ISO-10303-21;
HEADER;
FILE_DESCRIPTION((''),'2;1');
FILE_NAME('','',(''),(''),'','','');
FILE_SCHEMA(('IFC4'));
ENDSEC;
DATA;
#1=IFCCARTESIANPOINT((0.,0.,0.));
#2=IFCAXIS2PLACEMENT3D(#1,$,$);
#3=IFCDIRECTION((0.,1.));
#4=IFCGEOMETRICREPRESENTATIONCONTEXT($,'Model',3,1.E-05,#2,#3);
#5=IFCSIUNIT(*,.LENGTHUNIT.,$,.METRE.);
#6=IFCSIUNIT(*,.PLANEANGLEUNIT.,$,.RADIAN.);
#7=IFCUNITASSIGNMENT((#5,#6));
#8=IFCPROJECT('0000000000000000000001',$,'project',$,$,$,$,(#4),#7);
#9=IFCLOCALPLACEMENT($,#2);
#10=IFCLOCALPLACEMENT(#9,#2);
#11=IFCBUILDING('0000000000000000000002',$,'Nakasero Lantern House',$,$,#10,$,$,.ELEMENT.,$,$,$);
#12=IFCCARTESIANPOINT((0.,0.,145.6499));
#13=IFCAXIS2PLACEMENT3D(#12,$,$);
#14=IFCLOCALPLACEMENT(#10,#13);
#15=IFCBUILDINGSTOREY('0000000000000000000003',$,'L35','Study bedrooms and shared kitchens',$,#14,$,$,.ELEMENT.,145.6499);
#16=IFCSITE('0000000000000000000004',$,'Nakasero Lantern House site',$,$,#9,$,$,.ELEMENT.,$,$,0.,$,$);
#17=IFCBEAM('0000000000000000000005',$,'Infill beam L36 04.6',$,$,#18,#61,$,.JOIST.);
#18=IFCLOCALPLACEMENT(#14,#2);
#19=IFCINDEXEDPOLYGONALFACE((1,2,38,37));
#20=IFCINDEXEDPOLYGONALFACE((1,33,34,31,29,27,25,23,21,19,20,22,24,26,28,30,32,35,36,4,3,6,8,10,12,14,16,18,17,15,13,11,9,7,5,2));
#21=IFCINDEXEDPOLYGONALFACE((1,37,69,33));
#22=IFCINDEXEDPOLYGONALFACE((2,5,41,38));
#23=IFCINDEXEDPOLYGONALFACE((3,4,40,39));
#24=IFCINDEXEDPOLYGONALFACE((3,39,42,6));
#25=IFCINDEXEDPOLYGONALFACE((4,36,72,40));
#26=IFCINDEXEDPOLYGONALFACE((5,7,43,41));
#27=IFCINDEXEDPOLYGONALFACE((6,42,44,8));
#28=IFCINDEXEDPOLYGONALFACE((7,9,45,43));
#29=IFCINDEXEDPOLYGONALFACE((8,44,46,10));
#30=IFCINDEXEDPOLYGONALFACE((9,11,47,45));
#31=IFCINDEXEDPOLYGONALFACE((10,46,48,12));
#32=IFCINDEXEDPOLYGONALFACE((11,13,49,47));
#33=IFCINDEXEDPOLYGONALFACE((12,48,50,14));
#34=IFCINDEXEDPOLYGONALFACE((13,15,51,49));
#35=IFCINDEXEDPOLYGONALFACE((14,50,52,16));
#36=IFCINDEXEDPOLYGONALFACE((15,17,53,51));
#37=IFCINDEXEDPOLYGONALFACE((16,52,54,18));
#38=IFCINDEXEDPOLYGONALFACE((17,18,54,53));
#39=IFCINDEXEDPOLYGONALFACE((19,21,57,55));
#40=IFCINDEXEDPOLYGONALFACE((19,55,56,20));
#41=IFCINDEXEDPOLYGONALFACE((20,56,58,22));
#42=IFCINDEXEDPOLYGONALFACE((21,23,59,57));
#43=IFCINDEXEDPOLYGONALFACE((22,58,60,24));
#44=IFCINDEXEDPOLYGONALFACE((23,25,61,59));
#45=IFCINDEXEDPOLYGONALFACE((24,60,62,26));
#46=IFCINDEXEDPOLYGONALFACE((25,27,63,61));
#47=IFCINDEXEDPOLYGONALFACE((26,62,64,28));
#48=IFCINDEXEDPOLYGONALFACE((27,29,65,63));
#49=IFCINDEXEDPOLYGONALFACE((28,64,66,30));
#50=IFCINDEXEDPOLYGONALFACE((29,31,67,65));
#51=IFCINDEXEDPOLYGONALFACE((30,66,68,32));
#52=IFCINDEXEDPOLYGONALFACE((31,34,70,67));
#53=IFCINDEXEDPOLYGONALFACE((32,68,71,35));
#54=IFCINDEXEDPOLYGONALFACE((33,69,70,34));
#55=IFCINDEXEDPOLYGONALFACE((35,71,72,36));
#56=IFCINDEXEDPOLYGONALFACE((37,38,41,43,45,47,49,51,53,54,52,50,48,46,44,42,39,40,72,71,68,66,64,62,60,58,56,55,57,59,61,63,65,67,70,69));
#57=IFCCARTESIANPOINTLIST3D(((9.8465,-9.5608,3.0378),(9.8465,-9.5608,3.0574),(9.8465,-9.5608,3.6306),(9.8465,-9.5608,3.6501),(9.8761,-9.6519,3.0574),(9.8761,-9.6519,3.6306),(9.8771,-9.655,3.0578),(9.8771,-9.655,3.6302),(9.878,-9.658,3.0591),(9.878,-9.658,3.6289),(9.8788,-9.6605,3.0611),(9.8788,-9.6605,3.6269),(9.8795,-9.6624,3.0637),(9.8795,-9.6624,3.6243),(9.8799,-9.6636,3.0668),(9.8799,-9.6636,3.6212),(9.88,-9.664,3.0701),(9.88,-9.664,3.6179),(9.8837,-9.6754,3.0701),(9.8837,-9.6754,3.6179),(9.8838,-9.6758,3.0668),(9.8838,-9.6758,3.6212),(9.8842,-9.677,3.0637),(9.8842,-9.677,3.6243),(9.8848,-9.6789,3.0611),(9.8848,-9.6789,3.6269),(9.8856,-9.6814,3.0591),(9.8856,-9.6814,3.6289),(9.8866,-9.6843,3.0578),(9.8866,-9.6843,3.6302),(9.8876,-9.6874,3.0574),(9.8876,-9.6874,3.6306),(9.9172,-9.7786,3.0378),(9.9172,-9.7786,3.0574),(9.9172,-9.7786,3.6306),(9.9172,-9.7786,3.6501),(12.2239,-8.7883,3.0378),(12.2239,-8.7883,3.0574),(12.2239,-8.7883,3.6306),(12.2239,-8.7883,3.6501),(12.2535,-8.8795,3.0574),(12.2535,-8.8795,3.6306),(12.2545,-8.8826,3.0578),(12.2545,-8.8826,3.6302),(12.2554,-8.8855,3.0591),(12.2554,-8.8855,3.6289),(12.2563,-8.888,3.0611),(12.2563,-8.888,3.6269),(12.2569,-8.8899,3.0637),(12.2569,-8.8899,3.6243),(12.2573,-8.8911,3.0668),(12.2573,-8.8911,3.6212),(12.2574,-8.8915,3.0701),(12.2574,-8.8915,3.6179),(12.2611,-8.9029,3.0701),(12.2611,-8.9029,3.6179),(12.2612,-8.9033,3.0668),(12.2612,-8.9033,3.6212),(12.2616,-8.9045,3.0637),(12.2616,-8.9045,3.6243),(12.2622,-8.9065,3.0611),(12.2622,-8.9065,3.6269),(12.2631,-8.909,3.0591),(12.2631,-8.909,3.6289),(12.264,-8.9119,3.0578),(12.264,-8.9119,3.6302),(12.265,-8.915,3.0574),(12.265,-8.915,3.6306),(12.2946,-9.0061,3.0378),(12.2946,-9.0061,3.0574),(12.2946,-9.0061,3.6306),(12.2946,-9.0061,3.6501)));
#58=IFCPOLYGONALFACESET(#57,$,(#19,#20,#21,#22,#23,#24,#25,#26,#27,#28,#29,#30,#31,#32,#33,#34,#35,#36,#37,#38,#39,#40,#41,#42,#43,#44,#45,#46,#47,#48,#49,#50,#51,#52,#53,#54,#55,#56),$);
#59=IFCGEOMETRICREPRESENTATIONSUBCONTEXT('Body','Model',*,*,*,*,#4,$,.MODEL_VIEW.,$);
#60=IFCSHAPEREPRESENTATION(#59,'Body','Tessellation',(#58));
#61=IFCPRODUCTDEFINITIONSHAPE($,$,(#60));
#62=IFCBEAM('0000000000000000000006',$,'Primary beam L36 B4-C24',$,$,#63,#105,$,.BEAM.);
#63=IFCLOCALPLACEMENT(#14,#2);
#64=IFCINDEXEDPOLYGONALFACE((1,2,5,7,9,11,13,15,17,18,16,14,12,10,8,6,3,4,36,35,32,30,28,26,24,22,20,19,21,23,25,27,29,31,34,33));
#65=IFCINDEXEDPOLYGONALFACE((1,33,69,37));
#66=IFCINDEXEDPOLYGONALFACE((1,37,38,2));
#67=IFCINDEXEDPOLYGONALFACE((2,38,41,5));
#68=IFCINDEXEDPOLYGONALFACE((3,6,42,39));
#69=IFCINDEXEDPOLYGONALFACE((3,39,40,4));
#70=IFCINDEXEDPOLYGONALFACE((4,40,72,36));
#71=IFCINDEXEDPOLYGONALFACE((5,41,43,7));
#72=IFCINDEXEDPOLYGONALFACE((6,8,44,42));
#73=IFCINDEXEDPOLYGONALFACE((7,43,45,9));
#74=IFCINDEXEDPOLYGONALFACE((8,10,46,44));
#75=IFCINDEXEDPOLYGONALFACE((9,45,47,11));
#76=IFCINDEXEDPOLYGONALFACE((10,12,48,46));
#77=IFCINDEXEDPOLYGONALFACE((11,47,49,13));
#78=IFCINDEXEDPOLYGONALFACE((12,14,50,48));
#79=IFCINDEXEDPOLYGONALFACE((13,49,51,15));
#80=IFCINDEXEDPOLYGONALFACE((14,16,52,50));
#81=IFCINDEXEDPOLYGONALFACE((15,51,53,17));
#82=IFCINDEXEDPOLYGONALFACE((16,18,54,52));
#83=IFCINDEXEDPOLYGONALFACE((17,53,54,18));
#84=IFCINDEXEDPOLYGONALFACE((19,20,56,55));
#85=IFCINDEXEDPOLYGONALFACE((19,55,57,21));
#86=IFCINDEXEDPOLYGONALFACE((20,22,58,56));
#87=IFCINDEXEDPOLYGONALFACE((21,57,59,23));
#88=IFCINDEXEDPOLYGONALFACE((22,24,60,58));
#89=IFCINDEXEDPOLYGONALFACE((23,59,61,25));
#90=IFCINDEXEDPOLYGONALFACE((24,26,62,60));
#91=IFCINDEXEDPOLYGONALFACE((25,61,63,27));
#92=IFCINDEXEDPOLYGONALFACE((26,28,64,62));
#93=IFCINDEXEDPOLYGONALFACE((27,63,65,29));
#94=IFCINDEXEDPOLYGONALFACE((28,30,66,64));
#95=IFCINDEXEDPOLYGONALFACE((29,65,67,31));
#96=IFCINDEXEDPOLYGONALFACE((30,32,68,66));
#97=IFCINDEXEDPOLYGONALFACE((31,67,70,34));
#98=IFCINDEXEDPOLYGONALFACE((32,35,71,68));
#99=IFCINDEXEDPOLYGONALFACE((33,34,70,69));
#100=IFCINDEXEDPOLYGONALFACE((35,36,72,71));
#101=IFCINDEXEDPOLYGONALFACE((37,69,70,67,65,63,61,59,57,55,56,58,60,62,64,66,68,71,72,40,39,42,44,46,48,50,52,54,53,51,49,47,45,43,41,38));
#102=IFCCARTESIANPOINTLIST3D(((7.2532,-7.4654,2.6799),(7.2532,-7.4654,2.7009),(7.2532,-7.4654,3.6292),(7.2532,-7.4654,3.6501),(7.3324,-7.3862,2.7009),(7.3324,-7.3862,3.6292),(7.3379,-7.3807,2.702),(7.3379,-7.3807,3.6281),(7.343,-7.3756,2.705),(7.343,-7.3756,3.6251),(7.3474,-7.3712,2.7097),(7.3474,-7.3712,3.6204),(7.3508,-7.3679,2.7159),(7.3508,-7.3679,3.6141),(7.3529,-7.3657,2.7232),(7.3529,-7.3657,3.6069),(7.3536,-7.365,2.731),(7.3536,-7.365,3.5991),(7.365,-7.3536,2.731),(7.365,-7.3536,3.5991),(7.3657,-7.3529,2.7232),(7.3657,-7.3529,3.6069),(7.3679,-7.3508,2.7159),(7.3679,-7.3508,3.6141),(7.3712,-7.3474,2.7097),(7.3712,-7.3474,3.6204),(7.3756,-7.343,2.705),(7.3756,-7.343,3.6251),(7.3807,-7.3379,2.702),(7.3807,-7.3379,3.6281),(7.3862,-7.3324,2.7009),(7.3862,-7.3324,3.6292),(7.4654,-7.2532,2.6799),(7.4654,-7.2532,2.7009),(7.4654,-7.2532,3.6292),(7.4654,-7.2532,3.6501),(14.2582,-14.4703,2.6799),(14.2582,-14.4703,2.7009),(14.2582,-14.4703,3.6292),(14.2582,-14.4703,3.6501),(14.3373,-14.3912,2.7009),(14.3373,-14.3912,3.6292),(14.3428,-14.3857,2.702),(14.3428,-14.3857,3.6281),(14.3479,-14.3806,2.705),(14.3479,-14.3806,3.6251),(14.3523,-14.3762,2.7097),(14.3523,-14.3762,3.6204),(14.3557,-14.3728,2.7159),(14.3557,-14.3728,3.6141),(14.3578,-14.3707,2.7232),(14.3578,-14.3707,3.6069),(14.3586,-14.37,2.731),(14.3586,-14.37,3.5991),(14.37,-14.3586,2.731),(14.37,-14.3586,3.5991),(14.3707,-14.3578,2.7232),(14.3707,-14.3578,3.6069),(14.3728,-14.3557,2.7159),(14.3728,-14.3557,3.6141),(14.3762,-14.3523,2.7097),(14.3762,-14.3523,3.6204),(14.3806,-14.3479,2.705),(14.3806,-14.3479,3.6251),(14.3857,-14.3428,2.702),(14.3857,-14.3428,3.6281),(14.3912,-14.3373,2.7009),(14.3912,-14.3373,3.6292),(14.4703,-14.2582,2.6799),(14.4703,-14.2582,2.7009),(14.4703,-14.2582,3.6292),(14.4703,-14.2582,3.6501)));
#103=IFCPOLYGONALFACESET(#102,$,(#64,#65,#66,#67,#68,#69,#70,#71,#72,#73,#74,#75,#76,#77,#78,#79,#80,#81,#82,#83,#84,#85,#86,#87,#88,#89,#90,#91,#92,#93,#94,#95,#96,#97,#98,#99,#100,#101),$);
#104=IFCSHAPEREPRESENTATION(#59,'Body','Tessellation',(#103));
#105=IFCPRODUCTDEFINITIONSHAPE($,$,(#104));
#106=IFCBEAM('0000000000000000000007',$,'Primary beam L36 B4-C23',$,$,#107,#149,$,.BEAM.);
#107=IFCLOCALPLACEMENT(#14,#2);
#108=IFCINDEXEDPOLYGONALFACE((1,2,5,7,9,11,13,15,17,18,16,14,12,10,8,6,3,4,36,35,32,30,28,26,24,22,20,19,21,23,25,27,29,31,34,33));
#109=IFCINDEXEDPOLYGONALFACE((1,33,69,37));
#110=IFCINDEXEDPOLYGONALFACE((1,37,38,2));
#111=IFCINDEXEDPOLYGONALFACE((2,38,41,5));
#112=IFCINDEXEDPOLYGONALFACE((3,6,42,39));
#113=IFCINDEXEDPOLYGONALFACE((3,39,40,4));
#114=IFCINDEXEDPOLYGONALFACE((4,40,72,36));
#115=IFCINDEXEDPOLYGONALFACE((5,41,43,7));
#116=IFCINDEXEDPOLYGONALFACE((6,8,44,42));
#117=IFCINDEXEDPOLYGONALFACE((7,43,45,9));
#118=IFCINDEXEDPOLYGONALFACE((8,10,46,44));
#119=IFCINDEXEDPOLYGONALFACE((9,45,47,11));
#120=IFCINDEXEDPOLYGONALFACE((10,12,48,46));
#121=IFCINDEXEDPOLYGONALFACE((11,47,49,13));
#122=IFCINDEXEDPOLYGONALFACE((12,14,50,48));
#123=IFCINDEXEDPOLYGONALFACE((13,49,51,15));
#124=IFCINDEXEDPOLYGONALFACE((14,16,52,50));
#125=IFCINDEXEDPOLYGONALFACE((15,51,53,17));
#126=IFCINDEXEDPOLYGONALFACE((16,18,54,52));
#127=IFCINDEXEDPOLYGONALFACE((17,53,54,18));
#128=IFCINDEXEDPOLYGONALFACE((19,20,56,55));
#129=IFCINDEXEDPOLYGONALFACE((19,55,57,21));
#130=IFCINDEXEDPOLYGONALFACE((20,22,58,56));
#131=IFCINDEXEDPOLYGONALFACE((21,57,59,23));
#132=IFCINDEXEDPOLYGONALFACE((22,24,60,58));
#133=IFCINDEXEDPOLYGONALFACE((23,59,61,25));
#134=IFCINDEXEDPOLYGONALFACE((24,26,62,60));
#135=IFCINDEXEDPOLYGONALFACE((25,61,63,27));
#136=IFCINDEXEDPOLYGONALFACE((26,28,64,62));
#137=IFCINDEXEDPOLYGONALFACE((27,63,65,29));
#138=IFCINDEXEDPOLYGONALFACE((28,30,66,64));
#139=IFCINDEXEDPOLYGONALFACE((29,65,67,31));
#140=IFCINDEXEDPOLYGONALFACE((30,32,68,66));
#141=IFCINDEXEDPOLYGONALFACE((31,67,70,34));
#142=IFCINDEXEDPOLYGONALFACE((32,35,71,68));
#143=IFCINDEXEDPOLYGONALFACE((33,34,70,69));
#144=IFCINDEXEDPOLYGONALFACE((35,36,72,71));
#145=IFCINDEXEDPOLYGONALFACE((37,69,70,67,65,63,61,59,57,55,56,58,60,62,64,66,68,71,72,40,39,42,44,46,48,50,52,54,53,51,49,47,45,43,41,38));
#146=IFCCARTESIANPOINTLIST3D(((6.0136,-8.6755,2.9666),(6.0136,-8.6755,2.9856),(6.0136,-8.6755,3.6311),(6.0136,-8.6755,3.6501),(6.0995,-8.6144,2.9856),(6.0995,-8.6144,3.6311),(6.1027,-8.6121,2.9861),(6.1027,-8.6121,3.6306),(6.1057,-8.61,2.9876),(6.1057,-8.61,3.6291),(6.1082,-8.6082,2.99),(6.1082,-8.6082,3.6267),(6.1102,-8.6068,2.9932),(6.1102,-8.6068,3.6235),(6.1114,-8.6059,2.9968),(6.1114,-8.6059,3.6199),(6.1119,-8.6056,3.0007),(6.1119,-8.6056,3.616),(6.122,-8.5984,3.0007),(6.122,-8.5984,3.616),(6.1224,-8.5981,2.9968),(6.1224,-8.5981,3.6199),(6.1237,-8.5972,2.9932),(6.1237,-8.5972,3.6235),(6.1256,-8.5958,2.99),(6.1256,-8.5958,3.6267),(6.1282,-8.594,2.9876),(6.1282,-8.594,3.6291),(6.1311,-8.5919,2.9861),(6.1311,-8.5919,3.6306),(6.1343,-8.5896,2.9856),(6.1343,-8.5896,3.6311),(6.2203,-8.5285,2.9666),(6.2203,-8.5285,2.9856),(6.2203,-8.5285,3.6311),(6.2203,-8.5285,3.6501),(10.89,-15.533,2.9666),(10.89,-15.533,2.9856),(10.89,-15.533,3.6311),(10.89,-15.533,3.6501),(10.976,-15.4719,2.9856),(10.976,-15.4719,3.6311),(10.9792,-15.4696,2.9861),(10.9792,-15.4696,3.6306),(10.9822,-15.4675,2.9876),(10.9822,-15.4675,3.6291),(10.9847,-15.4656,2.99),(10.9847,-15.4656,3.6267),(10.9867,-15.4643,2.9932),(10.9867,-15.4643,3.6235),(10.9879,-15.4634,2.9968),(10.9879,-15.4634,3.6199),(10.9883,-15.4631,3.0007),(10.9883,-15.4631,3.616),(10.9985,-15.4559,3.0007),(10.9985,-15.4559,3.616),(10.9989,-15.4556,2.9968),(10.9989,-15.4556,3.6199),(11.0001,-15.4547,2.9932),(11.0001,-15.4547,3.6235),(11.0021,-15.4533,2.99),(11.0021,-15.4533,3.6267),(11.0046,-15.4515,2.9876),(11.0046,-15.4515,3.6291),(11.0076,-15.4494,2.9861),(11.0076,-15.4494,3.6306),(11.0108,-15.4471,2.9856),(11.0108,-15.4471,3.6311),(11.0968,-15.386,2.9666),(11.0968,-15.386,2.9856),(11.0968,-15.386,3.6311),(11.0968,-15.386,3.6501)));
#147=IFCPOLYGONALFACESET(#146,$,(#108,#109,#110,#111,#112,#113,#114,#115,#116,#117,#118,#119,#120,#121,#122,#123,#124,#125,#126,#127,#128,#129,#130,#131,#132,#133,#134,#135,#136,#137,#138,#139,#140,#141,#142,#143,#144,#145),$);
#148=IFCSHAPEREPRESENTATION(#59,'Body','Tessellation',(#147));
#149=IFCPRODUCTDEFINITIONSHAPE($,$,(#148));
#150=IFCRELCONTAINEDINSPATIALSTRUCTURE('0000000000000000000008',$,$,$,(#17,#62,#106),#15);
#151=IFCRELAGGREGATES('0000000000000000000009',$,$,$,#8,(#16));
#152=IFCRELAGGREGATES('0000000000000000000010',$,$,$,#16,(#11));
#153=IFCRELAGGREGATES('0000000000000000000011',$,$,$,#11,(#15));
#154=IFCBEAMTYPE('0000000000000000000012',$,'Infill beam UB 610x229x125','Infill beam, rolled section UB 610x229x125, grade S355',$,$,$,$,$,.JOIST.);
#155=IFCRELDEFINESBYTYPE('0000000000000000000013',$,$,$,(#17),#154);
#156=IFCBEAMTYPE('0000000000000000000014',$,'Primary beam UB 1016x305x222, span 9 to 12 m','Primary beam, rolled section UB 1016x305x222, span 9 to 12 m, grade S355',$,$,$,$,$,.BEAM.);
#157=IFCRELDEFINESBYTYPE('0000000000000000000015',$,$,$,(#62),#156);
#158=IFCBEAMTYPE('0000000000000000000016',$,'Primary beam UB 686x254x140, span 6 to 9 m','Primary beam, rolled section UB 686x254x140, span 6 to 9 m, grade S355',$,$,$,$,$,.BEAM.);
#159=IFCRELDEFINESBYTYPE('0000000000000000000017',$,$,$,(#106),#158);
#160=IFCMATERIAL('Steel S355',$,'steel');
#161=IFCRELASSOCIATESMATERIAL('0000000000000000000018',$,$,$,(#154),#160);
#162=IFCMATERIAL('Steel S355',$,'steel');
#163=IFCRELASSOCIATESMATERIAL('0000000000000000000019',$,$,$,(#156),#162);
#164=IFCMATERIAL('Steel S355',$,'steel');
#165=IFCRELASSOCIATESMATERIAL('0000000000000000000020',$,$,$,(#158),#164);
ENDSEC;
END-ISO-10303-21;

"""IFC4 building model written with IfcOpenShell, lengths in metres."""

from ifc_helpers import new_model, si_unit, direction, frame, origin, origin_2d, place, context, subcontext, project, spatial, i_section, extrude, material, material_profile, profile_set, type_object, element, save


model = new_model("IFC4")

# Units and contexts
model_context = context("Model", 3, precision=1e-05, world=origin(), true_north=direction((0.0, 1.0)))
body_context = subcontext(model_context, "Body", "Model", "MODEL_VIEW")
ifc_project = project(units=[si_unit("LENGTHUNIT", "METRE"), si_unit("PLANEANGLEUNIT", "RADIAN")], contexts=[model_context])

# Site, building, storey
site_placement = place(None, origin())
site = spatial("IfcSite", under=ifc_project, at=site_placement, Name="Nakasero Lantern House site", CompositionType="ELEMENT", RefElevation=0.0)
building_placement = place(site_placement, origin())
building = spatial("IfcBuilding", under=site, at=building_placement, Name="Nakasero Lantern House", CompositionType="ELEMENT")
storey_placement = place(building_placement, frame((0.0, 0.0, 145.6499)))
storey = spatial("IfcBuildingStorey", under=building, at=storey_placement, Name="L35", Description="Study bedrooms and shared kitchens", CompositionType="ELEMENT", Elevation=145.6499)

# Beams
ifc_material_1 = material(Name="Steel S355", Category="steel")
ifc_material_profile_1 = material_profile(ifc_material_1, i_section(OverallWidth=0.229, OverallDepth=0.6123, WebThickness=0.012, FlangeThickness=0.0195, FilletRadius=0.0127, at=origin_2d()), Name="UB 610x229x125")
ifc_profile_set_1 = profile_set([ifc_material_profile_1], Name="Steel S355")
beam_type_1 = type_object("IfcBeamType", Name="Infill beam UB 610x229x125", Description="Infill beam, rolled section UB 610x229x125, grade S355", PredefinedType="JOIST", material=ifc_profile_set_1)
beam_1_placement = place(storey_placement, frame((9.8818, -9.6697, 3.344), z_axis=(0.951058, 0.309011, 0.0), x_axis=(-0.309011, 0.951058, 0.0)))
element("IfcBeam", 1, at=beam_1_placement, inside=storey, type_object=beam_type_1, Name="Infill beam L36 04.6", PredefinedType="JOIST", context=body_context, shape_type="SweptSolid", body=[
    extrude(i_section(OverallWidth=0.229, OverallDepth=0.6123, WebThickness=0.012, FlangeThickness=0.0195, FilletRadius=0.0127, at=origin_2d()), origin(), (0.0, 0.0, 1.0), 2.4998),
])
ifc_material_2 = material(Name="Steel S355", Category="steel")
ifc_material_profile_2 = material_profile(ifc_material_2, i_section(OverallWidth=0.3, OverallDepth=0.9702, WebThickness=0.0161, FlangeThickness=0.021, FilletRadius=0.03, at=origin_2d()), Name="UB 1016x305x222")
ifc_profile_set_2 = profile_set([ifc_material_profile_2], Name="Steel S355")
beam_type_2 = type_object("IfcBeamType", Name="Primary beam UB 1016x305x222, span 9 to 12 m", Description="Primary beam, rolled section UB 1016x305x222, span 9 to 12 m, grade S355", PredefinedType="BEAM", material=ifc_profile_set_2)
beam_2_placement = place(storey_placement, frame((14.3643, -14.3643, 3.165), z_axis=(-0.707107, 0.707107, 0.0), x_axis=(-0.707107, -0.707107, 0.0)))
element("IfcBeam", 2, at=beam_2_placement, inside=storey, type_object=beam_type_2, Name="Primary beam L36 B4-C24", PredefinedType="BEAM", context=body_context, shape_type="SweptSolid", body=[
    extrude(i_section(OverallWidth=0.3, OverallDepth=0.9702, WebThickness=0.0161, FlangeThickness=0.021, FilletRadius=0.03, at=origin_2d()), origin(), (0.0, 0.0, 1.0), 9.9065),
])
ifc_material_3 = material(Name="Steel S355", Category="steel")
ifc_material_profile_3 = material_profile(ifc_material_3, i_section(OverallWidth=0.2537, OverallDepth=0.6836, WebThickness=0.0125, FlangeThickness=0.019, FilletRadius=0.0151, at=origin_2d()), Name="UB 686x254x140")
ifc_profile_set_3 = profile_set([ifc_material_profile_3], Name="Steel S355")
beam_type_3 = type_object("IfcBeamType", Name="Primary beam UB 686x254x140, span 6 to 9 m", Description="Primary beam, rolled section UB 686x254x140, span 6 to 9 m, grade S355", PredefinedType="BEAM", material=ifc_profile_set_3)
beam_3_placement = place(storey_placement, frame((10.9934, -15.4595, 3.3083), z_axis=(-0.57953, 0.814951, 0.0), x_axis=(-0.814951, -0.57953, 0.0)))
element("IfcBeam", 3, at=beam_3_placement, inside=storey, type_object=beam_type_3, Name="Primary beam L36 B4-C23", PredefinedType="BEAM", context=body_context, shape_type="SweptSolid", body=[
    extrude(i_section(OverallWidth=0.2537, OverallDepth=0.6836, WebThickness=0.0125, FlangeThickness=0.019, FilletRadius=0.0151, at=origin_2d()), origin(), (0.0, 0.0, 1.0), 8.4146),
])

save(model, "model.ifc")
